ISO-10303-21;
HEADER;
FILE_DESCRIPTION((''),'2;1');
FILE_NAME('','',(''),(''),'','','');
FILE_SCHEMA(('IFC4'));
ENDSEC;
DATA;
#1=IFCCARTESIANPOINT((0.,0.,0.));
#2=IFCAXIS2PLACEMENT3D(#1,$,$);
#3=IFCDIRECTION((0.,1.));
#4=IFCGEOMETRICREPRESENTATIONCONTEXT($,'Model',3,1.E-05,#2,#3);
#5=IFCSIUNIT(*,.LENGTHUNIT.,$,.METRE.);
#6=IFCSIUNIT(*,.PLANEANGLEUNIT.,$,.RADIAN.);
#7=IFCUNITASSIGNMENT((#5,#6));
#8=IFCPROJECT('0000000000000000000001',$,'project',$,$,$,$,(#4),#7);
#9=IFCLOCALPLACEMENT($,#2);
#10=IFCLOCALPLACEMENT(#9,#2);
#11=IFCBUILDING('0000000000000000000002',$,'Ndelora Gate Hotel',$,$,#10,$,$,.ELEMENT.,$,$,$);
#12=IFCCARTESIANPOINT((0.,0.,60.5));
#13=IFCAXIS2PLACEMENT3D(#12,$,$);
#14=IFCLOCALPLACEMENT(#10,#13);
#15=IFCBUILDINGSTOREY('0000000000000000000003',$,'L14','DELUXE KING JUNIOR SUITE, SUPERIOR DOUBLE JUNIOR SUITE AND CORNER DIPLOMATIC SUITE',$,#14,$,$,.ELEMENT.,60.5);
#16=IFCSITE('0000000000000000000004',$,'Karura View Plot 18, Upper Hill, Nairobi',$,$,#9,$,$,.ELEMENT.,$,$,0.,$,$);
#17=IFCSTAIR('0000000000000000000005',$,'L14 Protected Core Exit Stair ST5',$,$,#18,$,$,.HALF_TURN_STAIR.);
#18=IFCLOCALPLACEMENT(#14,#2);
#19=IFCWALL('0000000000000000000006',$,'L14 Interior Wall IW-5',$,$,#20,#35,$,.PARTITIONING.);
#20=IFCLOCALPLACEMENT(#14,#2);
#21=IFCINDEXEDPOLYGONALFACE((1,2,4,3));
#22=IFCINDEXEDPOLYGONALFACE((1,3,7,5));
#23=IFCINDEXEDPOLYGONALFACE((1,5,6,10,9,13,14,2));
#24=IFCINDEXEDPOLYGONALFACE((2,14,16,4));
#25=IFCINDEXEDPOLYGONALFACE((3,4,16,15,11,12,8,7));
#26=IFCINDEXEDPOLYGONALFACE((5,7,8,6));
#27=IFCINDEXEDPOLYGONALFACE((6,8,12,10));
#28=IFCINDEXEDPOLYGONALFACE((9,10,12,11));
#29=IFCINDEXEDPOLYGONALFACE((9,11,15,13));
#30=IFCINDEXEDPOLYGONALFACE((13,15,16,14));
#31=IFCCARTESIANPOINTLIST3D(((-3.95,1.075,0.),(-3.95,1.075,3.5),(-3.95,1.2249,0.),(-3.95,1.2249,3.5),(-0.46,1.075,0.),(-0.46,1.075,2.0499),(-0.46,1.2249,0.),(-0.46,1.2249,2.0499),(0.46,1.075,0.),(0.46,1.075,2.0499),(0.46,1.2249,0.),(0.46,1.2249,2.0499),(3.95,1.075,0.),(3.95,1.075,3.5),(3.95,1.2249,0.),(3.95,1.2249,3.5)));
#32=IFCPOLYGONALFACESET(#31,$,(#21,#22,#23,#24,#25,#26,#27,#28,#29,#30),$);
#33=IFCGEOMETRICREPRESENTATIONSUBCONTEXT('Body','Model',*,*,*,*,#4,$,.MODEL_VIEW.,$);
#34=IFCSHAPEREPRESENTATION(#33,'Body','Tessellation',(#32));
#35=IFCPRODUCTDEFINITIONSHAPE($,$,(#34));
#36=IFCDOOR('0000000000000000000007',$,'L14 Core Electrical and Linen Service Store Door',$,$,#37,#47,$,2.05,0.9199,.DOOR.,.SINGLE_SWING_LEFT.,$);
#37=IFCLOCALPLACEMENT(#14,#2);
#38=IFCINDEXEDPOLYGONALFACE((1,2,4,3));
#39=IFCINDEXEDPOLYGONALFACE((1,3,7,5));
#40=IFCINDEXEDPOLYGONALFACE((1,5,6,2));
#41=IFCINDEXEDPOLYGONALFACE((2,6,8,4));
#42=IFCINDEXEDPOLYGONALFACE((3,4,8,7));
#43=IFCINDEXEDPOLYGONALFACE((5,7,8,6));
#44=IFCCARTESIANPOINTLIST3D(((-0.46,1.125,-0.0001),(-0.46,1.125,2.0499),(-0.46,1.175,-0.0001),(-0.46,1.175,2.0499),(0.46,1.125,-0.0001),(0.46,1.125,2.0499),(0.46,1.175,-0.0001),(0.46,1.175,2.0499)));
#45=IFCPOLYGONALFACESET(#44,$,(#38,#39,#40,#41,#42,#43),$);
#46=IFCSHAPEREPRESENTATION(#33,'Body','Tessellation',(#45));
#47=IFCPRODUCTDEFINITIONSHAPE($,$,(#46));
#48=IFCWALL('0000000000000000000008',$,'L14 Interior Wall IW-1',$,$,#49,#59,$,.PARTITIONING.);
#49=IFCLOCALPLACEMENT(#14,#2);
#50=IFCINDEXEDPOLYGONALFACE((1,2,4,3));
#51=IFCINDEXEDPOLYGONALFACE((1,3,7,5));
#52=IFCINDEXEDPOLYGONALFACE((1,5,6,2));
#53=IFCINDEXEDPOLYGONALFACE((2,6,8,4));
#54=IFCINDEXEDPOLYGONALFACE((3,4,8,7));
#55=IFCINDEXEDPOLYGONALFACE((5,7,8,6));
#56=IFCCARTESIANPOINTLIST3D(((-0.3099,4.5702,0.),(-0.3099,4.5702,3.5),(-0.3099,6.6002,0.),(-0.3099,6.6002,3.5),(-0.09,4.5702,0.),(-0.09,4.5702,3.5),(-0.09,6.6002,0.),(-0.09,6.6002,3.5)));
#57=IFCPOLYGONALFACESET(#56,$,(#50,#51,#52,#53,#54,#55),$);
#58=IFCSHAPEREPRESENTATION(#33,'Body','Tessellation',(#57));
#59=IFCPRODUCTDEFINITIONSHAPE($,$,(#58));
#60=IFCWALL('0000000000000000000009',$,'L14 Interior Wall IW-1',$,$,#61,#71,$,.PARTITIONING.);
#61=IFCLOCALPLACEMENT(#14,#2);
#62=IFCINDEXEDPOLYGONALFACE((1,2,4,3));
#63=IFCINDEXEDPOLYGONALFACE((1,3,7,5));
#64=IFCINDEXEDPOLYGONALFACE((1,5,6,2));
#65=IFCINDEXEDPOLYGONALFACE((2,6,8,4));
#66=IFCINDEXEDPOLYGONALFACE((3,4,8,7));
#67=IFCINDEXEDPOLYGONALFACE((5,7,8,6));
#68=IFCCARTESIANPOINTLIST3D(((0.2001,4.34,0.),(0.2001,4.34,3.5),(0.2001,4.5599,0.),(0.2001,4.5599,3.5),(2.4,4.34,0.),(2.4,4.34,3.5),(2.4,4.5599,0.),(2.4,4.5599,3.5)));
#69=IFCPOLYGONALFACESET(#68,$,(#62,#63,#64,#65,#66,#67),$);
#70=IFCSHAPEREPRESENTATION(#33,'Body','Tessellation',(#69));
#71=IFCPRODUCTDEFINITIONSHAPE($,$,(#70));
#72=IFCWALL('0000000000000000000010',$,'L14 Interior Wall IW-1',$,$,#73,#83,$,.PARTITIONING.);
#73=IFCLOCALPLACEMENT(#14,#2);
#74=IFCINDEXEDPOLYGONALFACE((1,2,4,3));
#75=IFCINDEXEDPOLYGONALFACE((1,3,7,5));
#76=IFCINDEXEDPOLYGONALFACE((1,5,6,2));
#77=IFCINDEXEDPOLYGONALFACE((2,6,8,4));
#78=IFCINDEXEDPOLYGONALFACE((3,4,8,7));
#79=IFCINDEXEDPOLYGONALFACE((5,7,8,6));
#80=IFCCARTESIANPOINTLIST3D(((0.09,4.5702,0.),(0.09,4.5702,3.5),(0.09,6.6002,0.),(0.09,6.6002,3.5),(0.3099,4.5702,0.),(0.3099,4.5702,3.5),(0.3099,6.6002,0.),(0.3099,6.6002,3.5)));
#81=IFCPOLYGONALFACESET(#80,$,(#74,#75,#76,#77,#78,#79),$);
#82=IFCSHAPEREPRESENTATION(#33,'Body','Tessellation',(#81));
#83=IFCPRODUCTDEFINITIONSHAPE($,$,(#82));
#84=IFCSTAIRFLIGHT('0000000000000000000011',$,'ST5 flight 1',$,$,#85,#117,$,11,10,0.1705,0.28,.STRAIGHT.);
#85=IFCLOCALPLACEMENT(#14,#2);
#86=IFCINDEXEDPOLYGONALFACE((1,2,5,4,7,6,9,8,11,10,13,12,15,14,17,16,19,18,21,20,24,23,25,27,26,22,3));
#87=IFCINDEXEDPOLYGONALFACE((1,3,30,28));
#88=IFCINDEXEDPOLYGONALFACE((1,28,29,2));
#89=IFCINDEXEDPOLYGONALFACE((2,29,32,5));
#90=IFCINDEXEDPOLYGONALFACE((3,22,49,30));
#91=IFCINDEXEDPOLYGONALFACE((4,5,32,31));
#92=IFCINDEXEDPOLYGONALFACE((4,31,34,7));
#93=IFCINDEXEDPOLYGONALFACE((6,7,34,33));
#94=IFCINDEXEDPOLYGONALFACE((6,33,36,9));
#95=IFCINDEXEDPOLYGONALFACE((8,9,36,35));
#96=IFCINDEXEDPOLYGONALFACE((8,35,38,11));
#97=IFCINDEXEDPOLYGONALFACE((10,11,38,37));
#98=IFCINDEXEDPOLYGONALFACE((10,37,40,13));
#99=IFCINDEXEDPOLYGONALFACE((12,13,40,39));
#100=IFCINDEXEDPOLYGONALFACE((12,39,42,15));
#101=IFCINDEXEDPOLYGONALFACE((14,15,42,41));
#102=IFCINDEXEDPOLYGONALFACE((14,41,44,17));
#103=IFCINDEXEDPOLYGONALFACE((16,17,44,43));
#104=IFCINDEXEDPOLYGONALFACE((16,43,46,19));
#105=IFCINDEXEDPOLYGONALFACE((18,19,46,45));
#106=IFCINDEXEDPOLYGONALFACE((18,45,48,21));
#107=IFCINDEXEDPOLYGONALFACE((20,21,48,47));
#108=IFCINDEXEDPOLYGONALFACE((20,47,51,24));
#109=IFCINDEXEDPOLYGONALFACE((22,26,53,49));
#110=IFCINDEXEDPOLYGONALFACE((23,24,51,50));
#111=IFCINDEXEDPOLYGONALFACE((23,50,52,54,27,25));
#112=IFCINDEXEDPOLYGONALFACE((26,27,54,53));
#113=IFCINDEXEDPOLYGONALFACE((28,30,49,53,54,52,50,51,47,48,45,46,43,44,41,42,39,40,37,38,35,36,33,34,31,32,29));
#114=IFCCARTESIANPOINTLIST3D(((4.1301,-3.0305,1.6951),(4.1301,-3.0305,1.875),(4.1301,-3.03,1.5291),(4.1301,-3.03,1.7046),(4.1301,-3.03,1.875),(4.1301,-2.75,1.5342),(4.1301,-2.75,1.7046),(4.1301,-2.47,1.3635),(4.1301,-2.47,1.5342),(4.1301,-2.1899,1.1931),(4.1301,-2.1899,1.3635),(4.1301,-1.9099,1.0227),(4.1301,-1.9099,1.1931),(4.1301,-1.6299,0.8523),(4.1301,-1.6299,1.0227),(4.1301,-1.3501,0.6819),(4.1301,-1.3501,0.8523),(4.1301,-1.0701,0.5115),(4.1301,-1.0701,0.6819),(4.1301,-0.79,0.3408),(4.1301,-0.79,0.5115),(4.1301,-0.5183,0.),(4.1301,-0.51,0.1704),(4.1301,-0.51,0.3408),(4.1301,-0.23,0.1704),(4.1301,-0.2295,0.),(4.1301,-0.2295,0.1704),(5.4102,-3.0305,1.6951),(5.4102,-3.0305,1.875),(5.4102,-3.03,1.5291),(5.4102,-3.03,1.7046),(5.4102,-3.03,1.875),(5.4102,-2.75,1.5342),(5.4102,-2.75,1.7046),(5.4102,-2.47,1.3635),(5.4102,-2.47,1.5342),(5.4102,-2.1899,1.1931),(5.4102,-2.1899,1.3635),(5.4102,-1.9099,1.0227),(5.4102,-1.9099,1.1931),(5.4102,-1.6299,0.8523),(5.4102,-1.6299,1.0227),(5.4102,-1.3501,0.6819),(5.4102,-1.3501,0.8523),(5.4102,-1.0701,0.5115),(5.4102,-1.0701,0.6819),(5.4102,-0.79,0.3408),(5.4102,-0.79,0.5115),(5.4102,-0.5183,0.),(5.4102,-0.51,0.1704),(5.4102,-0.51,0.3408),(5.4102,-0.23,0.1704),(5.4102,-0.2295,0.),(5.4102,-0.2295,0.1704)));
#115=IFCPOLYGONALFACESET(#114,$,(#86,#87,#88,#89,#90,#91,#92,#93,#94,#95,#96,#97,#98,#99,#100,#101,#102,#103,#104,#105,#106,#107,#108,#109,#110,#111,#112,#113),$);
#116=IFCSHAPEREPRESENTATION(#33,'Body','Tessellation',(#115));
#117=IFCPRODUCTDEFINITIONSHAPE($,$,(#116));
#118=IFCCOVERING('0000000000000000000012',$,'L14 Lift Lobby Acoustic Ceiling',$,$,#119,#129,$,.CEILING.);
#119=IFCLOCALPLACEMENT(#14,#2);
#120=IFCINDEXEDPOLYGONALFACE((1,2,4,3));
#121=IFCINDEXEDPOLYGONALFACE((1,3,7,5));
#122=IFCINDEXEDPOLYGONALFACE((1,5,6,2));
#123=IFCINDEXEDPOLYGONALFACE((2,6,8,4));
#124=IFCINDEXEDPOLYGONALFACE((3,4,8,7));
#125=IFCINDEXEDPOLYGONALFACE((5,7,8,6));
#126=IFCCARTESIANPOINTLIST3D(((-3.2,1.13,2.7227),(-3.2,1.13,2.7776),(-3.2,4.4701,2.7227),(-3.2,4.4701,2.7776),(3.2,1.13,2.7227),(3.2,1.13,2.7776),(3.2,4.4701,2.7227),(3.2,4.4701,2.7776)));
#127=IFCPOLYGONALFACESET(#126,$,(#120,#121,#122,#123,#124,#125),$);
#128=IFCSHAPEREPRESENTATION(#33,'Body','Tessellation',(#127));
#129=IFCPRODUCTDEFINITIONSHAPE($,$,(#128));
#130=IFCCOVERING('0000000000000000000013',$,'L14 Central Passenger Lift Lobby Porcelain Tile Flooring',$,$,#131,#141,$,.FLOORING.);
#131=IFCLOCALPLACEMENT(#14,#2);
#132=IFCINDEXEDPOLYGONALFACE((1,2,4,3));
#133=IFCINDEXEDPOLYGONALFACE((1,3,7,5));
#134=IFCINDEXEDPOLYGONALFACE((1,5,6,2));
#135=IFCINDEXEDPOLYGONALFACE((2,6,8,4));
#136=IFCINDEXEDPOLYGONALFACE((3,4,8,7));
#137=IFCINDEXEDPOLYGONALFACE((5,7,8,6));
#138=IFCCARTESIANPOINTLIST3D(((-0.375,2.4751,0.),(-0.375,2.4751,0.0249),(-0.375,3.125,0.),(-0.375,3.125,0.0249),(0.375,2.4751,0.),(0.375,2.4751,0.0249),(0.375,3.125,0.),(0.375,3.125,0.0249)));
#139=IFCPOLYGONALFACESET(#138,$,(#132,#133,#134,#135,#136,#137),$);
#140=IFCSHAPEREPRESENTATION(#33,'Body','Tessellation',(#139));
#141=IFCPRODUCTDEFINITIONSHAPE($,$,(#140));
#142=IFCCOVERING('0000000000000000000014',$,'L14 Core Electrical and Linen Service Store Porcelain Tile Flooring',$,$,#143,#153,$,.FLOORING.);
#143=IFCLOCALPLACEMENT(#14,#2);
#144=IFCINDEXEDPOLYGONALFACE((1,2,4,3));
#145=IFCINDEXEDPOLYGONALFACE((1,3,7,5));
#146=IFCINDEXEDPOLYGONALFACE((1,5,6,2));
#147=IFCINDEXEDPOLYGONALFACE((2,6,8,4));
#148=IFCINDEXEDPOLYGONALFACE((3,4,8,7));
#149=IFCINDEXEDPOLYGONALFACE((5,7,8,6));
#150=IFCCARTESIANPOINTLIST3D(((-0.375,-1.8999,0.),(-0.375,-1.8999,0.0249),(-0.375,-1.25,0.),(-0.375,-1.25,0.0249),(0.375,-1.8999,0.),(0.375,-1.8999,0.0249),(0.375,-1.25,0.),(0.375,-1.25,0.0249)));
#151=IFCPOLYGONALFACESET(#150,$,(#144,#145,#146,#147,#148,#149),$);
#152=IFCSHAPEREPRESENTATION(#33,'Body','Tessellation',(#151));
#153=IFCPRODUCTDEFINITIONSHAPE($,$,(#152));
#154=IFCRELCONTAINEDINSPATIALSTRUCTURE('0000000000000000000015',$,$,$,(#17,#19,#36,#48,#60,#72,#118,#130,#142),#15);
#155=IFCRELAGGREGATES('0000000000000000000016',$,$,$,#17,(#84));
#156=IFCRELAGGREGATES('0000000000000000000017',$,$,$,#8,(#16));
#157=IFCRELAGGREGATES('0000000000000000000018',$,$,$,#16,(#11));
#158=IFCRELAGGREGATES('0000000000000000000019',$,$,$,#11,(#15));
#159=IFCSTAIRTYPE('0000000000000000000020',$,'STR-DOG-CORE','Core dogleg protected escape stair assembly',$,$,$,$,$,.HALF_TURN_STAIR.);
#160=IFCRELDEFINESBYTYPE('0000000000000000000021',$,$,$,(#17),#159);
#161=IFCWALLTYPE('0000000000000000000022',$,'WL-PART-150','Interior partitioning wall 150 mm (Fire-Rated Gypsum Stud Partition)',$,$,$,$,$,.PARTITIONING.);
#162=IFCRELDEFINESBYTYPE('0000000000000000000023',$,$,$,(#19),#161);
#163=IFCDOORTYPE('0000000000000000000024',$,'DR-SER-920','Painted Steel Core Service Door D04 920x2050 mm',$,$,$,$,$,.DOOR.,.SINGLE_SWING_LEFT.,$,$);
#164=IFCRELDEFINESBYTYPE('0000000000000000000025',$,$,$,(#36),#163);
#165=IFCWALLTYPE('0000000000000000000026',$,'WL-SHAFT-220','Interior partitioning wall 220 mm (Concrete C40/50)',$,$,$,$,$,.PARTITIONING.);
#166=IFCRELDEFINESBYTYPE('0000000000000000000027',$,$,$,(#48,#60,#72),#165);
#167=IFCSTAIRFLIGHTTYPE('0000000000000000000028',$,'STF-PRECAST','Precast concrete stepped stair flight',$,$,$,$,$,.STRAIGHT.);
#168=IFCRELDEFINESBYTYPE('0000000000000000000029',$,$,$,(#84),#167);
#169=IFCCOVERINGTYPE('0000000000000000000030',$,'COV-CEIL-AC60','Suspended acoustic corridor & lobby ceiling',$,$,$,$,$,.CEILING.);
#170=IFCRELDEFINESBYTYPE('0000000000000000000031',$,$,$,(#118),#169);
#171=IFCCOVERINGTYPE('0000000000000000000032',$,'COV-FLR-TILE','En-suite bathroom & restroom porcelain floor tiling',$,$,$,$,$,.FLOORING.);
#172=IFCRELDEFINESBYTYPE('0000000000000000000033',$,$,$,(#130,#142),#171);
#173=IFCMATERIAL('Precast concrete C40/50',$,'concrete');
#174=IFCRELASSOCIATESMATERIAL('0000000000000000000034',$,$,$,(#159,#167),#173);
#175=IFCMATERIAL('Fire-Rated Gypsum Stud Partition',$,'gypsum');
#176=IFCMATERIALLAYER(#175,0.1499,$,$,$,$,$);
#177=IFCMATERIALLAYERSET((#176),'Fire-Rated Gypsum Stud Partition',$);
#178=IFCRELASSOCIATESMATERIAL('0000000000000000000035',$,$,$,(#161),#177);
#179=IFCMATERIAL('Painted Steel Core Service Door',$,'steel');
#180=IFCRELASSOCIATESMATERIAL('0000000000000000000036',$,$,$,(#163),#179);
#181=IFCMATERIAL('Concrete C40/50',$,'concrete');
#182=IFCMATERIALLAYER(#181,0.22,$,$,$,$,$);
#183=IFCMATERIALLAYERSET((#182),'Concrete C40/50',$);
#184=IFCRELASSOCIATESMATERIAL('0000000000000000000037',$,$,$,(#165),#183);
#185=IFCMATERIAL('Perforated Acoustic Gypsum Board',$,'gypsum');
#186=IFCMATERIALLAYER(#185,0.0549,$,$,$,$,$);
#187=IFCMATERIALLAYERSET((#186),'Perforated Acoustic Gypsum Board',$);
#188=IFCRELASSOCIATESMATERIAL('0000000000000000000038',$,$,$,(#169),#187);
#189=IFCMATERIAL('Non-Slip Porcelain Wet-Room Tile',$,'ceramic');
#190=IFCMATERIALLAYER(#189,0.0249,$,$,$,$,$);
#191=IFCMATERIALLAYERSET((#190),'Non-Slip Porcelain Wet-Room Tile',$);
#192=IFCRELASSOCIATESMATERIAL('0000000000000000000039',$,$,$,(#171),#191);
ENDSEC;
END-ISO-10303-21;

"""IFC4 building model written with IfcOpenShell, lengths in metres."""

from ifc_helpers import new_model, si_unit, direction, frame, frame_2d, origin, origin_2d, place, context, subcontext, project, spatial, polyline, rectangle, outline, extrude, material, layer, layer_set, type_object, element, fill, aggregate, save


model = new_model("IFC4")

# Units and contexts
model_context = context("Model", 3, precision=1e-05, world=origin(), true_north=direction((0.0, 1.0)))
body_context = subcontext(model_context, "Body", "Model", "MODEL_VIEW")
ifc_project = project(units=[si_unit("LENGTHUNIT", "METRE"), si_unit("PLANEANGLEUNIT", "RADIAN")], contexts=[model_context])

# Site, building, storey
site_placement = place(None, origin())
site = spatial("IfcSite", under=ifc_project, at=site_placement, Name="Karura View Plot 18, Upper Hill, Nairobi", CompositionType="ELEMENT", RefElevation=0.0)
building_placement = place(site_placement, origin())
building = spatial("IfcBuilding", under=site, at=building_placement, Name="Ndelora Gate Hotel", CompositionType="ELEMENT")
storey_placement = place(building_placement, frame((0.0, 0.0, 60.5)))
storey = spatial("IfcBuildingStorey", under=building, at=storey_placement, Name="L14", Description="DELUXE KING JUNIOR SUITE, SUPERIOR DOUBLE JUNIOR SUITE AND CORNER DIPLOMATIC SUITE", CompositionType="ELEMENT", Elevation=60.5)

# Stair
ifc_material_1 = material(Name="Precast concrete C40/50", Category="concrete")
stair_type = type_object("IfcStairType", Name="STR-DOG-CORE", Description="Core dogleg protected escape stair assembly", PredefinedType="HALF_TURN_STAIR", material=ifc_material_1)
stair_1_placement = place(storey_placement, origin())
stair_1 = element("IfcStair", 1, at=stair_1_placement, inside=storey, type_object=stair_type, Name="L14 Protected Core Exit Stair ST5", PredefinedType="HALF_TURN_STAIR")

# Shared definitions
ifc_material_2 = material(Name="Concrete C40/50", Category="concrete")

# Wall, opening, door
ifc_material_3 = material(Name="Fire-Rated Gypsum Stud Partition", Category="gypsum")
ifc_layer_1 = layer(ifc_material_3, 0.1499)
ifc_layer_set_1 = layer_set([ifc_layer_1], Name="Fire-Rated Gypsum Stud Partition")
wall_type_1 = type_object("IfcWallType", Name="WL-PART-150", Description="Interior partitioning wall 150 mm (Fire-Rated Gypsum Stud Partition)", PredefinedType="PARTITIONING", material=ifc_layer_set_1)
wall_1_placement = place(storey_placement, frame((3.95, 1.1499, 0.0), z_axis=(0.0, 0.0, 1.0), x_axis=(-1.0, 0.0, 0.0)))
wall_1 = element("IfcWall", 2, at=wall_1_placement, inside=storey, type_object=wall_type_1, Name="L14 Interior Wall IW-5", PredefinedType="PARTITIONING", context=body_context, shape_type="SweptSolid", body=[
    extrude(rectangle(XDim=7.8999, YDim=0.1499, at=frame_2d((3.95, 0.0))), origin(), (0.0, 0.0, 1.0), 3.5),
])
opening_1_placement = place(wall_1_placement, frame((3.49, 0.0, 0.0)))
opening_1 = element("IfcOpeningElement", 3, at=opening_1_placement, cuts=wall_1, PredefinedType="OPENING", context=body_context, shape_type="SweptSolid", body=[
    extrude(rectangle(XDim=0.9199, YDim=2.05, at=frame_2d((0.46, 1.0249))), frame((0.0, 0.085, 0.0), z_axis=(0.0, -1.0, 0.0), x_axis=(1.0, 0.0, 0.0)), (0.0, 0.0, 1.0), 0.1699),
])
ifc_material_4 = material(Name="Painted Steel Core Service Door", Category="steel")
door_type_1 = type_object("IfcDoorType", Name="DR-SER-920", Description="Painted Steel Core Service Door D04 920x2050 mm", OperationType="SINGLE_SWING_LEFT", PredefinedType="DOOR", material=ifc_material_4)
door_1_placement = place(opening_1_placement, origin())
door_1 = element("IfcDoor", 4, at=door_1_placement, inside=storey, type_object=door_type_1, Name="L14 Core Electrical and Linen Service Store Door", OperationType="SINGLE_SWING_LEFT", OverallHeight=2.05, OverallWidth=0.9199, PredefinedType="DOOR", context=body_context, shape_type="SweptSolid", body=[
    extrude(rectangle(XDim=0.9199, YDim=2.05, at=frame_2d((0.46, 1.0249))), frame((0.0, 0.0249, 0.0), z_axis=(0.0, -1.0, 0.0), x_axis=(1.0, 0.0, 0.0)), (0.0, 0.0, 1.0), 0.05),
])
fill(opening_1, door_1)
ifc_layer_2 = layer(ifc_material_2, 0.22)
ifc_layer_set_2 = layer_set([ifc_layer_2], Name="Concrete C40/50")
wall_type_2 = type_object("IfcWallType", Name="WL-SHAFT-220", Description="Interior partitioning wall 220 mm (Concrete C40/50)", PredefinedType="PARTITIONING", material=ifc_layer_set_2)

# Walls
wall_2_placement = place(storey_placement, frame((-0.2, 4.5701, 0.0), z_axis=(0.0, 0.0, 1.0), x_axis=(0.0, 1.0, 0.0)))
element("IfcWall", 5, at=wall_2_placement, inside=storey, type_object=wall_type_2, Name="L14 Interior Wall IW-1", PredefinedType="PARTITIONING", context=body_context, shape_type="SweptSolid", body=[
    extrude(rectangle(XDim=2.03, YDim=0.22, at=frame_2d((1.0151, 0.0))), origin(), (0.0, 0.0, 1.0), 3.5),
])
wall_3_placement = place(storey_placement, frame((0.2, 4.45, 0.0), z_axis=(0.0, 0.0, 1.0), x_axis=(1.0, 0.0, 0.0)))
element("IfcWall", 6, at=wall_3_placement, inside=storey, type_object=wall_type_2, Name="L14 Interior Wall IW-1", PredefinedType="PARTITIONING", context=body_context, shape_type="SweptSolid", body=[
    extrude(rectangle(XDim=2.2, YDim=0.22, at=frame_2d((1.1001, 0.0))), origin(), (0.0, 0.0, 1.0), 3.5),
])
wall_4_placement = place(storey_placement, frame((0.2, 4.5701, 0.0), z_axis=(0.0, 0.0, 1.0), x_axis=(0.0, 1.0, 0.0)))
element("IfcWall", 7, at=wall_4_placement, inside=storey, type_object=wall_type_2, Name="L14 Interior Wall IW-1", PredefinedType="PARTITIONING", context=body_context, shape_type="SweptSolid", body=[
    extrude(rectangle(XDim=2.03, YDim=0.22, at=frame_2d((1.0151, 0.0))), origin(), (0.0, 0.0, 1.0), 3.5),
])

# Stair flight
stair_flight_type = type_object("IfcStairFlightType", Name="STF-PRECAST", Description="Precast concrete stepped stair flight", PredefinedType="STRAIGHT", material=ifc_material_1)
stair_flight_placement = place(storey_placement, frame((4.77, -0.23, 0.0), z_axis=(0.0, 0.0, 1.0), x_axis=(0.0, -1.0, 0.0)))
stair_flight = element("IfcStairFlight", 8, at=stair_flight_placement, type_object=stair_flight_type, Name="ST5 flight 1", NumberOfRisers=11, NumberOfTreads=10, PredefinedType="STRAIGHT", RiserHeight=0.1705, TreadLength=0.28, context=body_context, shape_type="SweptSolid", body=[
    extrude(outline(polyline([(-0.0005, 0.0), (-0.0005, 0.1704), (0.0, 0.1704), (0.28, 0.1704), (0.28, 0.3408), (0.5601, 0.3408), (0.5601, 0.5115), (0.8401, 0.5115), (0.8401, 0.6819), (1.1201, 0.6819), (1.1201, 0.8523), (1.3999, 0.8523), (1.3999, 1.0227), (1.6799, 1.0227), (1.6799, 1.1931), (1.96, 1.1931), (1.96, 1.3635), (2.24, 1.3635), (2.24, 1.5342), (2.52, 1.5342), (2.52, 1.7046), (2.8, 1.7046), (2.8, 1.875), (2.8005, 1.875), (2.8005, 1.6951), (2.8, 1.5291), (0.2883, 0.0), (-0.0005, 0.0)])), frame((0.0, 0.6401, 0.0), z_axis=(0.0, -1.0, 0.0), x_axis=(1.0, 0.0, 0.0)), (0.0, 0.0, 1.0), 1.28),
])
aggregate(stair_1, [stair_flight])

# Coverings
ifc_material_5 = material(Name="Perforated Acoustic Gypsum Board", Category="gypsum")
ifc_layer_3 = layer(ifc_material_5, 0.0549)
ifc_layer_set_3 = layer_set([ifc_layer_3], Name="Perforated Acoustic Gypsum Board")
covering_type_1 = type_object("IfcCoveringType", Name="COV-CEIL-AC60", Description="Suspended acoustic corridor & lobby ceiling", PredefinedType="CEILING", material=ifc_layer_set_3)
covering_placement = place(storey_placement, frame((0.0, 2.8, 2.7227), z_axis=(0.0, 0.0, 1.0), x_axis=(1.0, 0.0, 0.0)))
element("IfcCovering", 9, at=covering_placement, inside=storey, type_object=covering_type_1, Name="L14 Lift Lobby Acoustic Ceiling", PredefinedType="CEILING", context=body_context, shape_type="SweptSolid", body=[
    extrude(rectangle(XDim=6.3999, YDim=3.3401, at=origin_2d()), origin(), (0.0, 0.0, 1.0), 0.0549),
])
ifc_material_6 = material(Name="Non-Slip Porcelain Wet-Room Tile", Category="ceramic")
ifc_layer_4 = layer(ifc_material_6, 0.0249)
ifc_layer_set_4 = layer_set([ifc_layer_4], Name="Non-Slip Porcelain Wet-Room Tile")
covering_type_2 = type_object("IfcCoveringType", Name="COV-FLR-TILE", Description="En-suite bathroom & restroom porcelain floor tiling", PredefinedType="FLOORING", material=ifc_layer_set_4)
for number, where, z_axis, x_axis, name in (
    (10, (0.0, 2.8, 0.0), (0.0, 0.0, 1.0), (1.0, 0.0, 0.0), "L14 Central Passenger Lift Lobby Porcelain Tile Flooring"),
    (11, (0.0, -1.575, 0.0), (0.0, 0.0, 1.0), (1.0, 0.0, 0.0), "L14 Core Electrical and Linen Service Store Porcelain Tile Flooring"),
):
    element("IfcCovering", number, at=place(storey_placement, frame(where, z_axis=z_axis, x_axis=x_axis)), inside=storey, type_object=covering_type_2, Name=name, PredefinedType="FLOORING", context=body_context, shape_type="SweptSolid", body=[
        extrude(rectangle(XDim=0.75, YDim=0.6499, at=origin_2d()), origin(), (0.0, 0.0, 1.0), 0.0249),
    ])

save(model, "model.ifc")
